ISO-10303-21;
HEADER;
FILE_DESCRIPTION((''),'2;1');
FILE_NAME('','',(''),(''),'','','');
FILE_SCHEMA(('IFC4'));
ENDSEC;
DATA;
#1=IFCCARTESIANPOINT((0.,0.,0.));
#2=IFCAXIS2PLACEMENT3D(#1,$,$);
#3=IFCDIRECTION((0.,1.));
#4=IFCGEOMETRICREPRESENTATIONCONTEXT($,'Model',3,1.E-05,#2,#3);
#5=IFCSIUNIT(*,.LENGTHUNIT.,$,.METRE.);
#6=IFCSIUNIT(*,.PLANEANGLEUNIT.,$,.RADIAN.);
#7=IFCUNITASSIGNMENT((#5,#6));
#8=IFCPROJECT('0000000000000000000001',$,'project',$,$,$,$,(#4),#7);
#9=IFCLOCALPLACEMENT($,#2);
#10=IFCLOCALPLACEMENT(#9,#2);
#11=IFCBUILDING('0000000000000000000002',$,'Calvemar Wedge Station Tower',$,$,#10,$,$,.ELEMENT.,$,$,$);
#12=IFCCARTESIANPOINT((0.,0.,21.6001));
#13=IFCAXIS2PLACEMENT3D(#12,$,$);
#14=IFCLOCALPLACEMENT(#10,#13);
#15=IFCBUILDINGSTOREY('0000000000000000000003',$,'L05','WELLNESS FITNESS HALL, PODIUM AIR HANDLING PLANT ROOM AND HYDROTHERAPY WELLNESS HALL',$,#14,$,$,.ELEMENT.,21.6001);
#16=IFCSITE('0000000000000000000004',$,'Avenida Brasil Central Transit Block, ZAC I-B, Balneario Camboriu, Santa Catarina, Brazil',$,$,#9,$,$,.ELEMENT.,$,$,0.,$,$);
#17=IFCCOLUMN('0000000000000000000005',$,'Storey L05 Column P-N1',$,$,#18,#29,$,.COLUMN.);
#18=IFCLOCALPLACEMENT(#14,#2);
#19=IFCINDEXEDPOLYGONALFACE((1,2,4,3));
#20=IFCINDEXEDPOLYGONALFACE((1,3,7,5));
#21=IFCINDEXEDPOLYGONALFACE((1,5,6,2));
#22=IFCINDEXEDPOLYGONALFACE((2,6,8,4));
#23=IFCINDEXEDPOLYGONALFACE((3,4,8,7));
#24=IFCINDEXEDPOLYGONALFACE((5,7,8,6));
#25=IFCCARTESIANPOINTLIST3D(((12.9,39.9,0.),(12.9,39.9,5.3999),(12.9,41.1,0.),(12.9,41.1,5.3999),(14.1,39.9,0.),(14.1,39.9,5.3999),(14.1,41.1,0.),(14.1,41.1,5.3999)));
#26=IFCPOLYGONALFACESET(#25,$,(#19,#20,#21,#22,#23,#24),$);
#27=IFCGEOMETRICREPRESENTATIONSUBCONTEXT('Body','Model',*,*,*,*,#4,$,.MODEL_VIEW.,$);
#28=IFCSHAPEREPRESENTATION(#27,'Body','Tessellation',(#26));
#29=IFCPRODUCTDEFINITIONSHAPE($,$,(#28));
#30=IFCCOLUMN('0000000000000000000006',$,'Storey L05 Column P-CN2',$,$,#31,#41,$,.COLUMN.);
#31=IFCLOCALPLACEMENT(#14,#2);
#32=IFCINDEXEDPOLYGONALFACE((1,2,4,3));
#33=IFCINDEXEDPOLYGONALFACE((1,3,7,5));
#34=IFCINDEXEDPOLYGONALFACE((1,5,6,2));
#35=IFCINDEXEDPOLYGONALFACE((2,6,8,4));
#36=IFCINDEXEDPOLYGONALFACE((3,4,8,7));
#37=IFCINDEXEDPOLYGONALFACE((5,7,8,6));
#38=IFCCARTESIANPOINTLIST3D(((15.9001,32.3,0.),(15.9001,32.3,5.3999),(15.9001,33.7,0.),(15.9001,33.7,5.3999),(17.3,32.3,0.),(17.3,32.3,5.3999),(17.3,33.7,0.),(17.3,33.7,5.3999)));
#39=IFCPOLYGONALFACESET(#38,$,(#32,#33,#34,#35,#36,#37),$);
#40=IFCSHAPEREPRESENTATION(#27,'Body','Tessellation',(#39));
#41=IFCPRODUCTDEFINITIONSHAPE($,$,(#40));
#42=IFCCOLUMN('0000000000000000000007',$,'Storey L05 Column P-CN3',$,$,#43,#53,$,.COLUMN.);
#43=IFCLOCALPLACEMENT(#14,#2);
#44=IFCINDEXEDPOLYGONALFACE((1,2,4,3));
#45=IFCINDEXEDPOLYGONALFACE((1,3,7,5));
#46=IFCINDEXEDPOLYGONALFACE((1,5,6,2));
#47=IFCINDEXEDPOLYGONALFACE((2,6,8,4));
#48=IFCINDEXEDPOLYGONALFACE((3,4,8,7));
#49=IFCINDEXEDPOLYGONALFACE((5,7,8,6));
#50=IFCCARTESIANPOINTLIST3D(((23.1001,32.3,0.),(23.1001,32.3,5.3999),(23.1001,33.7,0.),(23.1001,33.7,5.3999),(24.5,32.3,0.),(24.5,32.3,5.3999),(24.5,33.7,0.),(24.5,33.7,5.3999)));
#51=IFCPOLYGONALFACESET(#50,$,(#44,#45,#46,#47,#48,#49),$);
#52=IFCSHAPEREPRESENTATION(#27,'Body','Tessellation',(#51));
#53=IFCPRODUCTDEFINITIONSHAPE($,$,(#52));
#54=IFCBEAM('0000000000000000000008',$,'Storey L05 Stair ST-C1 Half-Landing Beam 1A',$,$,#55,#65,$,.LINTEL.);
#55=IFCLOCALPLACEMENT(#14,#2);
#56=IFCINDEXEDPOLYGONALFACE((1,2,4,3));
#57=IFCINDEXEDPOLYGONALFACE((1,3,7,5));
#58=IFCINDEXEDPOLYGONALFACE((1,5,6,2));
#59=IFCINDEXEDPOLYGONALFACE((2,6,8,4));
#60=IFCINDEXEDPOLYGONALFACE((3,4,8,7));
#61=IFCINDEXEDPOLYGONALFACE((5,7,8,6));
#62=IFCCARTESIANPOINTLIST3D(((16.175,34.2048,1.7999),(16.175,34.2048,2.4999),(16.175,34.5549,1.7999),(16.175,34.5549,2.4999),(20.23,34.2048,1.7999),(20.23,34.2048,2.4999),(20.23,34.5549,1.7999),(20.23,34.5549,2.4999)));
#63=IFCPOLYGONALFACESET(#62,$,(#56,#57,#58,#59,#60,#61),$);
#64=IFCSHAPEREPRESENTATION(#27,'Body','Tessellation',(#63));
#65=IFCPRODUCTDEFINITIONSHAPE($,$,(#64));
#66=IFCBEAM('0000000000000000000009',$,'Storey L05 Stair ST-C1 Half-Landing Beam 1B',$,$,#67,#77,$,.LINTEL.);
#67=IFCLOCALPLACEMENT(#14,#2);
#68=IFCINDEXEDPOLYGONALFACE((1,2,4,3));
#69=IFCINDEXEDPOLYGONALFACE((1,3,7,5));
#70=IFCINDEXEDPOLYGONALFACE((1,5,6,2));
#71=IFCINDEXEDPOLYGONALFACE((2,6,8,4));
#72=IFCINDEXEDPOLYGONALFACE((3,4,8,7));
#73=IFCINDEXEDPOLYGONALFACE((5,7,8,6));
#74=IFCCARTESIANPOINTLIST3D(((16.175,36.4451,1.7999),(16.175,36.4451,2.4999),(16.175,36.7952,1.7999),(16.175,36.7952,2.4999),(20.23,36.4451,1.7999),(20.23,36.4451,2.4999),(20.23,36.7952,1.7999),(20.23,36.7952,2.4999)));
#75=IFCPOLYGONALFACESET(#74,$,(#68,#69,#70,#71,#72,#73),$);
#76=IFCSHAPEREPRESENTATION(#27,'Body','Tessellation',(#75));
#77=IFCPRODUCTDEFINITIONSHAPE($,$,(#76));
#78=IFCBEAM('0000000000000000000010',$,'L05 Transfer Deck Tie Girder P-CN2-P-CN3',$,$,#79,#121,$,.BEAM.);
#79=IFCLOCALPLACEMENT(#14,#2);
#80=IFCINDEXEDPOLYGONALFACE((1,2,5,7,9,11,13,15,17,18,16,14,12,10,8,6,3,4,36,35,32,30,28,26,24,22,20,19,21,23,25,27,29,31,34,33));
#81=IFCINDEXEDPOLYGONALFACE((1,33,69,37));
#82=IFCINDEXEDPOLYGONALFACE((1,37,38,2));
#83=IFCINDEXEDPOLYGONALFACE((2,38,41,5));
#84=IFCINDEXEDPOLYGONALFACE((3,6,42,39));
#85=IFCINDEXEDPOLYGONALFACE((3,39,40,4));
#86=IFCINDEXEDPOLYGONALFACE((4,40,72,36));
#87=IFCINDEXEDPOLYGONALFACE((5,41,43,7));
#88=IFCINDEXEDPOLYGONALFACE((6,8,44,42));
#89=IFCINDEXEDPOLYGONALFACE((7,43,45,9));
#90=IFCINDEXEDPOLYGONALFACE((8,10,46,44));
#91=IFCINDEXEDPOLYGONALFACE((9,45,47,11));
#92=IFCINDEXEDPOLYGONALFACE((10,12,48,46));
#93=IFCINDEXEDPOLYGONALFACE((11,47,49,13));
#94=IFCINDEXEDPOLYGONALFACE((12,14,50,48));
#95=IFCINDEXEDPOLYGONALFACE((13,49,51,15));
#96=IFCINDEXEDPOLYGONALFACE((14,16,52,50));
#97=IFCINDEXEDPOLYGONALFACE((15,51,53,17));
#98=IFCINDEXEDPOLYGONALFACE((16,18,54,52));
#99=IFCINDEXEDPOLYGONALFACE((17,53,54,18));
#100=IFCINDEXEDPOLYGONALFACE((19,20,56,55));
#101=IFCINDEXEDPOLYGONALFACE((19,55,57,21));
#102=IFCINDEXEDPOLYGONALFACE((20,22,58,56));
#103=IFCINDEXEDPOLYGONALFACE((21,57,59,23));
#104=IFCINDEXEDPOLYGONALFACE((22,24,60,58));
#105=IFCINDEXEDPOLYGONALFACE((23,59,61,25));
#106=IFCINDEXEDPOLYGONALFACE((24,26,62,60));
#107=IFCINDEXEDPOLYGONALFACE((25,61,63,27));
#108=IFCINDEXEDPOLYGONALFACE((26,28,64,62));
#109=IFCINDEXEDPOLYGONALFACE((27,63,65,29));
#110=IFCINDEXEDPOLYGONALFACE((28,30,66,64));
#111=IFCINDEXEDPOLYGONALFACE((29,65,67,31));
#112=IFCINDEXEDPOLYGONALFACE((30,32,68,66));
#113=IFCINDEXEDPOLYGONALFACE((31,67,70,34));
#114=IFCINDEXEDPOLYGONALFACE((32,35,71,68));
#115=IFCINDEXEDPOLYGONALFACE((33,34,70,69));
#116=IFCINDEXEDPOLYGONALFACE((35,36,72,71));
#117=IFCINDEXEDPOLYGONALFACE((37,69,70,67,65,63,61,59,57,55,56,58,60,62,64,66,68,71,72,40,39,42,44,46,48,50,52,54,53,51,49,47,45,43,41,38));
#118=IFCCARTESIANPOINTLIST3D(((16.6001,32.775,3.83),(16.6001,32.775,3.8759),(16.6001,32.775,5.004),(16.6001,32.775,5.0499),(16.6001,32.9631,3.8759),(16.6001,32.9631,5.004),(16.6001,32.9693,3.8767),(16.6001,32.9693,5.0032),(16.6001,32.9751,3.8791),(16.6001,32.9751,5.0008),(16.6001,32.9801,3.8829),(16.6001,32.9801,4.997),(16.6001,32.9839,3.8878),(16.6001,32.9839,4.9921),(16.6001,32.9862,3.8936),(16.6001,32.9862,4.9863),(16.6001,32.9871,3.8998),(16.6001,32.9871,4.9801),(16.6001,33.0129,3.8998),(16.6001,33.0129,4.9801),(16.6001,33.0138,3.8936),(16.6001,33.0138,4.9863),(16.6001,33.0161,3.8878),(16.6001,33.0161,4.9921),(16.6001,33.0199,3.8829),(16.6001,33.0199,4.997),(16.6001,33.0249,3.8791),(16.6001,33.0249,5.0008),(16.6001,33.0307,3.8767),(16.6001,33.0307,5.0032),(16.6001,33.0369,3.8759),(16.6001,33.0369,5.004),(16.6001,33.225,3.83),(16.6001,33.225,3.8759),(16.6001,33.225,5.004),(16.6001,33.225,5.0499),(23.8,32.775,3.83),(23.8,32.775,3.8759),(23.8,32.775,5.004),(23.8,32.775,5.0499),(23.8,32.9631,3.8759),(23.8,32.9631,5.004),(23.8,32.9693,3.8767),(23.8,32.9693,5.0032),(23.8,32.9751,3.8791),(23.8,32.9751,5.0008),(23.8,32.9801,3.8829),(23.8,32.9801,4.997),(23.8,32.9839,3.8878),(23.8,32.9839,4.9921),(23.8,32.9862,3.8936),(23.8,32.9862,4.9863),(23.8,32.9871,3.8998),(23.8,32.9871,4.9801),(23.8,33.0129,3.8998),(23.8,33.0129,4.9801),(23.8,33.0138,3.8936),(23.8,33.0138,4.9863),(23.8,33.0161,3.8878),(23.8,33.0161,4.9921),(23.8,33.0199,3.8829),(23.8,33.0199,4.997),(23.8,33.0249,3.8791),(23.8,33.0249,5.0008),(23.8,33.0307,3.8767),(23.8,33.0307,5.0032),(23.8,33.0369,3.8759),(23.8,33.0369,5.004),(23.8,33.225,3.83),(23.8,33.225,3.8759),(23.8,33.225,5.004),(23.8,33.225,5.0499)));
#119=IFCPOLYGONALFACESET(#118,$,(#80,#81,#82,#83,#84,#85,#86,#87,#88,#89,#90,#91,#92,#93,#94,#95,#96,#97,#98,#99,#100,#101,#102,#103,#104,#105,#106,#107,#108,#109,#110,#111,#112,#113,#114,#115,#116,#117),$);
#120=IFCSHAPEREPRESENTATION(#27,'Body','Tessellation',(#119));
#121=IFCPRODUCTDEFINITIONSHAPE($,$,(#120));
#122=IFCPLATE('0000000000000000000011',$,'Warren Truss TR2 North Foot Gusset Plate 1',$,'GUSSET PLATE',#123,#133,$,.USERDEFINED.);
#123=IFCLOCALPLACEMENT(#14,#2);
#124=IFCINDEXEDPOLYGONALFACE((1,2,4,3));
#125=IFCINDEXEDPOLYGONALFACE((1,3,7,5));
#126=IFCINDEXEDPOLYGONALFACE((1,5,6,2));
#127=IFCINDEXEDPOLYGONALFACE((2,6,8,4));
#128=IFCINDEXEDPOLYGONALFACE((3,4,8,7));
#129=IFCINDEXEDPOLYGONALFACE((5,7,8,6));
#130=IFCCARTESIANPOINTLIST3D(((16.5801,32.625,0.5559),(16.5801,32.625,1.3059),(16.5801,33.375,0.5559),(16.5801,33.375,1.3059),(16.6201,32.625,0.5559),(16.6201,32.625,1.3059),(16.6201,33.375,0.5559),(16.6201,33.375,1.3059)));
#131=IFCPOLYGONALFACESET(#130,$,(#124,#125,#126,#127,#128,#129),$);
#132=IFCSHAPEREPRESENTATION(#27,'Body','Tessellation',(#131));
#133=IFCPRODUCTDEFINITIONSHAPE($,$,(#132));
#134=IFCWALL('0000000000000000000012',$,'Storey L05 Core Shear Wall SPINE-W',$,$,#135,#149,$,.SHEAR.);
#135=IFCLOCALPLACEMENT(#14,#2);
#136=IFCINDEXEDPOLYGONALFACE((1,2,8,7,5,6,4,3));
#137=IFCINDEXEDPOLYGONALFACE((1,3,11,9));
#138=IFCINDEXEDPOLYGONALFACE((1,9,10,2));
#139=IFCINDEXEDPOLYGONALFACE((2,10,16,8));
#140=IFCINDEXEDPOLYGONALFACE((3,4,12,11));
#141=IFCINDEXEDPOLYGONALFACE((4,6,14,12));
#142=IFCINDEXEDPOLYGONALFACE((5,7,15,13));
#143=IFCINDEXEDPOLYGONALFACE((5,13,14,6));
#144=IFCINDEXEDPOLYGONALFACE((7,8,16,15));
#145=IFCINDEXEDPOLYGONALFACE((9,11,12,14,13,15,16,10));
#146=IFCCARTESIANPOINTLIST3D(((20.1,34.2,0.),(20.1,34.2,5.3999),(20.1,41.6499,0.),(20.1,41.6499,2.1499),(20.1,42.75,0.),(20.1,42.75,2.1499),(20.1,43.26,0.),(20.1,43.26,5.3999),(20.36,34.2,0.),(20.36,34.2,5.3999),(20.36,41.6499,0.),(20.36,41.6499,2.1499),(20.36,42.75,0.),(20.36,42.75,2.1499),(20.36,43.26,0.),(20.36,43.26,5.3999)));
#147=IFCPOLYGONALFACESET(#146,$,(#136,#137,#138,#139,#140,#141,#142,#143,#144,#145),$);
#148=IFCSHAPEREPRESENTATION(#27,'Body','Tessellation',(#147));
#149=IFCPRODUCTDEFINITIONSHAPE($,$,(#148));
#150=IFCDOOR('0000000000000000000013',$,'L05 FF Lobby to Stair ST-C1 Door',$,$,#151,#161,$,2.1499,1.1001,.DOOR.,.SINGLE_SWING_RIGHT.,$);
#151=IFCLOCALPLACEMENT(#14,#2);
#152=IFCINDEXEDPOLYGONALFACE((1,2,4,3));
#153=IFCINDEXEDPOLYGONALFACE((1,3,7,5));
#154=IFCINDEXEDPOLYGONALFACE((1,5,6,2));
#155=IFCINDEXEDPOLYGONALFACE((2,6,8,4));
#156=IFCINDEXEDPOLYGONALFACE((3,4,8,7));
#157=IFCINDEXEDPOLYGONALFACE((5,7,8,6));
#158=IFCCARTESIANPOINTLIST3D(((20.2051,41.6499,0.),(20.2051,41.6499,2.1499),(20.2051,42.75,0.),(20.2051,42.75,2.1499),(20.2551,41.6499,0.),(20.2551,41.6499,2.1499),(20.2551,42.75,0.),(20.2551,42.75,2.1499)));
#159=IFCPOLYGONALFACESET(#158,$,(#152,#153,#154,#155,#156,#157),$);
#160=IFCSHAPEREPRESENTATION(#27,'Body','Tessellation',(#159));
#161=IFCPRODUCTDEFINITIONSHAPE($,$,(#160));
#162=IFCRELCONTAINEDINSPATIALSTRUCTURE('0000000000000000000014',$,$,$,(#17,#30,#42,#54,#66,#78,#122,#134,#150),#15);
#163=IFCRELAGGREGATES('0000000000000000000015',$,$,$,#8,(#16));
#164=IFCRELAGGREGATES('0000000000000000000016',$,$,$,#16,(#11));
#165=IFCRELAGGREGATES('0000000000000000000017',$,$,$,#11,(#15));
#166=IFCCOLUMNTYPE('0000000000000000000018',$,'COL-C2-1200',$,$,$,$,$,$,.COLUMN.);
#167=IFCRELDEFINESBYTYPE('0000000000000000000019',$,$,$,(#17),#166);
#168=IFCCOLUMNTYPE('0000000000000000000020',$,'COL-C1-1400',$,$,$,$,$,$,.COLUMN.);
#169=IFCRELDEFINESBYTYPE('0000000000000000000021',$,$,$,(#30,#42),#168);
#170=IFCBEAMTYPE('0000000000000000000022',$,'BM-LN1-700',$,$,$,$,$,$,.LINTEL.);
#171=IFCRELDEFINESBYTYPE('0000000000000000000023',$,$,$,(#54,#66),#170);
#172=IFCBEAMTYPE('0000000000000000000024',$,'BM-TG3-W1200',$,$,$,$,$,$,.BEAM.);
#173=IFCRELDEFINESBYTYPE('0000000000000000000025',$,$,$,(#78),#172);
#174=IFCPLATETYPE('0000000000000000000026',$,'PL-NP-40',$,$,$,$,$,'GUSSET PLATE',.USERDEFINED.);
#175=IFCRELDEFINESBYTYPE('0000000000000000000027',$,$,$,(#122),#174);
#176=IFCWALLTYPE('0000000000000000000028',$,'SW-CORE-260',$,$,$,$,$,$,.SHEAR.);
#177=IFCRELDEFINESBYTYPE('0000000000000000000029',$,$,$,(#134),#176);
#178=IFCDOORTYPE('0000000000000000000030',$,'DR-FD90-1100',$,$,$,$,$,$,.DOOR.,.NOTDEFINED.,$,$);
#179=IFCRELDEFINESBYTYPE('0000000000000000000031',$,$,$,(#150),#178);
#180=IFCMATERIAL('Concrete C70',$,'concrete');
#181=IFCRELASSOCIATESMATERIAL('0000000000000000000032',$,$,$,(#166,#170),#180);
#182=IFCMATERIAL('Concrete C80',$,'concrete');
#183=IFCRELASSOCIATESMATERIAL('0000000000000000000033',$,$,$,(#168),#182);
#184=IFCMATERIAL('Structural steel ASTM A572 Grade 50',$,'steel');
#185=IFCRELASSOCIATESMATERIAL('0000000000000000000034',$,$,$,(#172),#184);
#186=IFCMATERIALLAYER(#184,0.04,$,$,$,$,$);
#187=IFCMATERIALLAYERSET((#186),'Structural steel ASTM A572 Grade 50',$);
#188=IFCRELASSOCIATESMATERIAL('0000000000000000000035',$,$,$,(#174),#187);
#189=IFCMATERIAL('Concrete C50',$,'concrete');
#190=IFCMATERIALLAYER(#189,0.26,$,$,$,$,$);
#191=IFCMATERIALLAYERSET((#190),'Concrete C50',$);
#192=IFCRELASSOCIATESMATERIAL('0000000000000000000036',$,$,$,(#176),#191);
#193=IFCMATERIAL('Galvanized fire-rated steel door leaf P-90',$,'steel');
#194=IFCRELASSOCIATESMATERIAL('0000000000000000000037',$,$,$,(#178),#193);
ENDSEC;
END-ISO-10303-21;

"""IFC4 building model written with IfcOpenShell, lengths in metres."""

from ifc_helpers import new_model, si_unit, direction, frame, frame_2d, origin, origin_2d, place, context, subcontext, project, spatial, rectangle, i_section, extrude, source, transform, mapped, material, layer, layer_set, material_profile, profile_set, type_object, element, fill, save


model = new_model("IFC4")

# Units and contexts
model_context = context("Model", 3, precision=1e-05, world=origin(), true_north=direction((0.0, 1.0)))
body_context = subcontext(model_context, "Body", "Model", "MODEL_VIEW")
ifc_project = project(units=[si_unit("LENGTHUNIT", "METRE"), si_unit("PLANEANGLEUNIT", "RADIAN")], contexts=[model_context])

# Site, building, storey
site_placement = place(None, origin())
site = spatial("IfcSite", under=ifc_project, at=site_placement, Name="Avenida Brasil Central Transit Block, ZAC I-B, Balneario Camboriu, Santa Catarina, Brazil", CompositionType="ELEMENT", RefElevation=0.0)
building_placement = place(site_placement, origin())
building = spatial("IfcBuilding", under=site, at=building_placement, Name="Calvemar Wedge Station Tower", CompositionType="ELEMENT")
storey_placement = place(building_placement, frame((0.0, 0.0, 21.6001)))
storey = spatial("IfcBuildingStorey", under=building, at=storey_placement, Name="L05", Description="WELLNESS FITNESS HALL, PODIUM AIR HANDLING PLANT ROOM AND HYDROTHERAPY WELLNESS HALL", CompositionType="ELEMENT", Elevation=21.6001)

# Columns
ifc_material_1 = material(Name="Concrete C70", Category="concrete")
ifc_material_profile_1 = material_profile(ifc_material_1, rectangle(XDim=1.2, YDim=1.2, at=origin_2d()), Name="RC1200x1200")
ifc_profile_set_1 = profile_set([ifc_material_profile_1], Name="Concrete C70")
column_type_1 = type_object("IfcColumnType", Name="COL-C2-1200", PredefinedType="COLUMN", material=ifc_profile_set_1)
shared_shape_1 = source(origin(), body_context, "Body", "SweptSolid", [
    extrude(rectangle(XDim=1.2, YDim=1.2, at=origin_2d()), origin(), (0.0, 0.0, 1.0), 5.3999),
])
column_placement = place(storey_placement, frame((13.5, 40.5, 0.0), z_axis=(0.0, 0.0, 1.0), x_axis=(1.0, 0.0, 0.0)))
element("IfcColumn", 1, at=column_placement, inside=storey, type_object=column_type_1, Name="Storey L05 Column P-N1", PredefinedType="COLUMN", context=body_context, shape_type="MappedRepresentation", body=[
    mapped(shared_shape_1, transform((0.0, 0.0, 0.0), scale=1.0)),
])
ifc_material_2 = material(Name="Concrete C80", Category="concrete")
ifc_material_profile_2 = material_profile(ifc_material_2, rectangle(XDim=1.3999, YDim=1.3999, at=origin_2d()), Name="RC1400x1400")
ifc_profile_set_2 = profile_set([ifc_material_profile_2], Name="Concrete C80")
column_type_2 = type_object("IfcColumnType", Name="COL-C1-1400", PredefinedType="COLUMN", material=ifc_profile_set_2)
shared_shape_2 = source(origin(), body_context, "Body", "SweptSolid", [
    extrude(rectangle(XDim=1.3999, YDim=1.3999, at=origin_2d()), origin(), (0.0, 0.0, 1.0), 5.3999),
])
for number, where, z_axis, x_axis, name in (
    (2, (16.6001, 33.0, 0.0), (0.0, 0.0, 1.0), (1.0, 0.0, 0.0), "Storey L05 Column P-CN2"),
    (3, (23.8, 33.0, 0.0), (0.0, 0.0, 1.0), (1.0, 0.0, 0.0), "Storey L05 Column P-CN3"),
):
    element("IfcColumn", number, at=place(storey_placement, frame(where, z_axis=z_axis, x_axis=x_axis)), inside=storey, type_object=column_type_2, Name=name, PredefinedType="COLUMN", context=body_context, shape_type="MappedRepresentation", body=[
        mapped(shared_shape_2, transform((0.0, 0.0, 0.0), scale=1.0)),
    ])

# Beams
ifc_material_profile_3 = material_profile(ifc_material_1, rectangle(XDim=0.3501, YDim=0.7, at=origin_2d()), Name="RC350x700")
ifc_profile_set_3 = profile_set([ifc_material_profile_3], Name="Concrete C70")
beam_type_1 = type_object("IfcBeamType", Name="BM-LN1-700", PredefinedType="LINTEL", material=ifc_profile_set_3)
shared_shape_3 = source(origin(), body_context, "Body", "SweptSolid", [
    extrude(rectangle(XDim=0.3501, YDim=0.7, at=origin_2d()), origin(), (0.0, 0.0, 1.0), 4.0549),
])
for number, where, z_axis, x_axis, name in (
    (4, (16.175, 34.3799, 2.1499), (1.0, 0.0, 0.0), (0.0, 1.0, 0.0), "Storey L05 Stair ST-C1 Half-Landing Beam 1A"),
    (5, (16.175, 36.6201, 2.1499), (1.0, 0.0, 0.0), (0.0, 1.0, 0.0), "Storey L05 Stair ST-C1 Half-Landing Beam 1B"),
):
    element("IfcBeam", number, at=place(storey_placement, frame(where, z_axis=z_axis, x_axis=x_axis)), inside=storey, type_object=beam_type_1, Name=name, PredefinedType="LINTEL", context=body_context, shape_type="MappedRepresentation", body=[
        mapped(shared_shape_3, transform((0.0, 0.0, 0.0), scale=1.0)),
    ])
ifc_material_3 = material(Name="Structural steel ASTM A572 Grade 50", Category="steel")
ifc_material_profile_4 = material_profile(ifc_material_3, i_section(OverallWidth=0.45, OverallDepth=1.22, WebThickness=0.0259, FlangeThickness=0.0459, FilletRadius=0.0239, at=origin_2d()), Name="W1200x540")
ifc_profile_set_4 = profile_set([ifc_material_profile_4], Name="Structural steel ASTM A572 Grade 50")
beam_type_2 = type_object("IfcBeamType", Name="BM-TG3-W1200", PredefinedType="BEAM", material=ifc_profile_set_4)
shared_shape_4 = source(origin(), body_context, "Body", "SweptSolid", [
    extrude(i_section(OverallWidth=0.45, OverallDepth=1.22, WebThickness=0.0259, FlangeThickness=0.0459, FilletRadius=0.0239, at=origin_2d()), origin(), (0.0, 0.0, 1.0), 7.2),
])
beam_placement = place(storey_placement, frame((16.6001, 33.0, 4.4399), z_axis=(1.0, 0.0, 0.0), x_axis=(0.0, 1.0, 0.0)))
element("IfcBeam", 6, at=beam_placement, inside=storey, type_object=beam_type_2, Name="L05 Transfer Deck Tie Girder P-CN2-P-CN3", PredefinedType="BEAM", context=body_context, shape_type="MappedRepresentation", body=[
    mapped(shared_shape_4, transform((0.0, 0.0, 0.0), scale=1.0)),
])

# Plate
ifc_layer_1 = layer(ifc_material_3, 0.04)
ifc_layer_set_1 = layer_set([ifc_layer_1], Name="Structural steel ASTM A572 Grade 50")
plate_type = type_object("IfcPlateType", Name="PL-NP-40", ElementType="GUSSET PLATE", PredefinedType="USERDEFINED", material=ifc_layer_set_1)
shared_shape_5 = source(origin(), body_context, "Body", "SweptSolid", [
    extrude(rectangle(XDim=0.75, YDim=0.04, at=origin_2d()), origin(), (0.0, 0.0, 1.0), 0.75),
])
plate_placement = place(storey_placement, frame((16.6001, 33.0, 0.5559), z_axis=(0.0, 0.0, 1.0), x_axis=(0.0, 1.0, 0.0)))
element("IfcPlate", 7, at=plate_placement, inside=storey, type_object=plate_type, Name="Warren Truss TR2 North Foot Gusset Plate 1", ObjectType="GUSSET PLATE", PredefinedType="USERDEFINED", context=body_context, shape_type="MappedRepresentation", body=[
    mapped(shared_shape_5, transform((0.0, 0.0, 0.0), scale=1.0)),
])

# Wall, opening, door
ifc_material_4 = material(Name="Concrete C50", Category="concrete")
ifc_layer_2 = layer(ifc_material_4, 0.26)
ifc_layer_set_2 = layer_set([ifc_layer_2], Name="Concrete C50")
wall_type_1 = type_object("IfcWallType", Name="SW-CORE-260", PredefinedType="SHEAR", material=ifc_layer_set_2)
wall_1_placement = place(storey_placement, frame((20.23, 34.2, 0.0), z_axis=(0.0, 0.0, 1.0), x_axis=(0.0, 1.0, 0.0)))
wall_1 = element("IfcWall", 8, at=wall_1_placement, inside=storey, type_object=wall_type_1, Name="Storey L05 Core Shear Wall SPINE-W", PredefinedType="SHEAR", context=body_context, shape_type="SweptSolid", body=[
    extrude(rectangle(XDim=9.0601, YDim=0.26, at=frame_2d((4.53, 0.0))), origin(), (0.0, 0.0, 1.0), 5.3999),
])
shared_shape_6 = source(origin(), body_context, "Body", "SweptSolid", [
    extrude(rectangle(XDim=1.1001, YDim=2.1499, at=frame_2d((0.55, 1.075))), frame((0.0, 0.1401, 0.0), z_axis=(0.0, -1.0, 0.0), x_axis=(1.0, 0.0, 0.0)), (0.0, 0.0, 1.0), 0.28),
])
opening_1_placement = place(wall_1_placement, frame((7.45, 0.0, 0.0)))
opening_1 = element("IfcOpeningElement", 9, at=opening_1_placement, cuts=wall_1, PredefinedType="OPENING", context=body_context, shape_type="MappedRepresentation", body=[
    mapped(shared_shape_6, transform((0.0, 0.0, 0.0), scale=1.0)),
])
ifc_material_5 = material(Name="Galvanized fire-rated steel door leaf P-90", Category="steel")
door_type_1 = type_object("IfcDoorType", Name="DR-FD90-1100", OperationType="NOTDEFINED", PredefinedType="DOOR", material=ifc_material_5)
shared_shape_7 = source(origin(), body_context, "Body", "SweptSolid", [
    extrude(rectangle(XDim=1.1001, YDim=2.1499, at=frame_2d((0.55, 1.075))), frame((0.0, 0.0249, 0.0), z_axis=(0.0, -1.0, 0.0), x_axis=(1.0, 0.0, 0.0)), (0.0, 0.0, 1.0), 0.05),
])
door_1_placement = place(opening_1_placement, origin())
door_1 = element("IfcDoor", 10, at=door_1_placement, inside=storey, type_object=door_type_1, Name="L05 FF Lobby to Stair ST-C1 Door", OperationType="SINGLE_SWING_RIGHT", OverallHeight=2.1499, OverallWidth=1.1001, PredefinedType="DOOR", context=body_context, shape_type="MappedRepresentation", body=[
    mapped(shared_shape_7, transform((0.0, 0.0, 0.0), scale=1.0)),
])
fill(opening_1, door_1)

save(model, "model.ifc")
